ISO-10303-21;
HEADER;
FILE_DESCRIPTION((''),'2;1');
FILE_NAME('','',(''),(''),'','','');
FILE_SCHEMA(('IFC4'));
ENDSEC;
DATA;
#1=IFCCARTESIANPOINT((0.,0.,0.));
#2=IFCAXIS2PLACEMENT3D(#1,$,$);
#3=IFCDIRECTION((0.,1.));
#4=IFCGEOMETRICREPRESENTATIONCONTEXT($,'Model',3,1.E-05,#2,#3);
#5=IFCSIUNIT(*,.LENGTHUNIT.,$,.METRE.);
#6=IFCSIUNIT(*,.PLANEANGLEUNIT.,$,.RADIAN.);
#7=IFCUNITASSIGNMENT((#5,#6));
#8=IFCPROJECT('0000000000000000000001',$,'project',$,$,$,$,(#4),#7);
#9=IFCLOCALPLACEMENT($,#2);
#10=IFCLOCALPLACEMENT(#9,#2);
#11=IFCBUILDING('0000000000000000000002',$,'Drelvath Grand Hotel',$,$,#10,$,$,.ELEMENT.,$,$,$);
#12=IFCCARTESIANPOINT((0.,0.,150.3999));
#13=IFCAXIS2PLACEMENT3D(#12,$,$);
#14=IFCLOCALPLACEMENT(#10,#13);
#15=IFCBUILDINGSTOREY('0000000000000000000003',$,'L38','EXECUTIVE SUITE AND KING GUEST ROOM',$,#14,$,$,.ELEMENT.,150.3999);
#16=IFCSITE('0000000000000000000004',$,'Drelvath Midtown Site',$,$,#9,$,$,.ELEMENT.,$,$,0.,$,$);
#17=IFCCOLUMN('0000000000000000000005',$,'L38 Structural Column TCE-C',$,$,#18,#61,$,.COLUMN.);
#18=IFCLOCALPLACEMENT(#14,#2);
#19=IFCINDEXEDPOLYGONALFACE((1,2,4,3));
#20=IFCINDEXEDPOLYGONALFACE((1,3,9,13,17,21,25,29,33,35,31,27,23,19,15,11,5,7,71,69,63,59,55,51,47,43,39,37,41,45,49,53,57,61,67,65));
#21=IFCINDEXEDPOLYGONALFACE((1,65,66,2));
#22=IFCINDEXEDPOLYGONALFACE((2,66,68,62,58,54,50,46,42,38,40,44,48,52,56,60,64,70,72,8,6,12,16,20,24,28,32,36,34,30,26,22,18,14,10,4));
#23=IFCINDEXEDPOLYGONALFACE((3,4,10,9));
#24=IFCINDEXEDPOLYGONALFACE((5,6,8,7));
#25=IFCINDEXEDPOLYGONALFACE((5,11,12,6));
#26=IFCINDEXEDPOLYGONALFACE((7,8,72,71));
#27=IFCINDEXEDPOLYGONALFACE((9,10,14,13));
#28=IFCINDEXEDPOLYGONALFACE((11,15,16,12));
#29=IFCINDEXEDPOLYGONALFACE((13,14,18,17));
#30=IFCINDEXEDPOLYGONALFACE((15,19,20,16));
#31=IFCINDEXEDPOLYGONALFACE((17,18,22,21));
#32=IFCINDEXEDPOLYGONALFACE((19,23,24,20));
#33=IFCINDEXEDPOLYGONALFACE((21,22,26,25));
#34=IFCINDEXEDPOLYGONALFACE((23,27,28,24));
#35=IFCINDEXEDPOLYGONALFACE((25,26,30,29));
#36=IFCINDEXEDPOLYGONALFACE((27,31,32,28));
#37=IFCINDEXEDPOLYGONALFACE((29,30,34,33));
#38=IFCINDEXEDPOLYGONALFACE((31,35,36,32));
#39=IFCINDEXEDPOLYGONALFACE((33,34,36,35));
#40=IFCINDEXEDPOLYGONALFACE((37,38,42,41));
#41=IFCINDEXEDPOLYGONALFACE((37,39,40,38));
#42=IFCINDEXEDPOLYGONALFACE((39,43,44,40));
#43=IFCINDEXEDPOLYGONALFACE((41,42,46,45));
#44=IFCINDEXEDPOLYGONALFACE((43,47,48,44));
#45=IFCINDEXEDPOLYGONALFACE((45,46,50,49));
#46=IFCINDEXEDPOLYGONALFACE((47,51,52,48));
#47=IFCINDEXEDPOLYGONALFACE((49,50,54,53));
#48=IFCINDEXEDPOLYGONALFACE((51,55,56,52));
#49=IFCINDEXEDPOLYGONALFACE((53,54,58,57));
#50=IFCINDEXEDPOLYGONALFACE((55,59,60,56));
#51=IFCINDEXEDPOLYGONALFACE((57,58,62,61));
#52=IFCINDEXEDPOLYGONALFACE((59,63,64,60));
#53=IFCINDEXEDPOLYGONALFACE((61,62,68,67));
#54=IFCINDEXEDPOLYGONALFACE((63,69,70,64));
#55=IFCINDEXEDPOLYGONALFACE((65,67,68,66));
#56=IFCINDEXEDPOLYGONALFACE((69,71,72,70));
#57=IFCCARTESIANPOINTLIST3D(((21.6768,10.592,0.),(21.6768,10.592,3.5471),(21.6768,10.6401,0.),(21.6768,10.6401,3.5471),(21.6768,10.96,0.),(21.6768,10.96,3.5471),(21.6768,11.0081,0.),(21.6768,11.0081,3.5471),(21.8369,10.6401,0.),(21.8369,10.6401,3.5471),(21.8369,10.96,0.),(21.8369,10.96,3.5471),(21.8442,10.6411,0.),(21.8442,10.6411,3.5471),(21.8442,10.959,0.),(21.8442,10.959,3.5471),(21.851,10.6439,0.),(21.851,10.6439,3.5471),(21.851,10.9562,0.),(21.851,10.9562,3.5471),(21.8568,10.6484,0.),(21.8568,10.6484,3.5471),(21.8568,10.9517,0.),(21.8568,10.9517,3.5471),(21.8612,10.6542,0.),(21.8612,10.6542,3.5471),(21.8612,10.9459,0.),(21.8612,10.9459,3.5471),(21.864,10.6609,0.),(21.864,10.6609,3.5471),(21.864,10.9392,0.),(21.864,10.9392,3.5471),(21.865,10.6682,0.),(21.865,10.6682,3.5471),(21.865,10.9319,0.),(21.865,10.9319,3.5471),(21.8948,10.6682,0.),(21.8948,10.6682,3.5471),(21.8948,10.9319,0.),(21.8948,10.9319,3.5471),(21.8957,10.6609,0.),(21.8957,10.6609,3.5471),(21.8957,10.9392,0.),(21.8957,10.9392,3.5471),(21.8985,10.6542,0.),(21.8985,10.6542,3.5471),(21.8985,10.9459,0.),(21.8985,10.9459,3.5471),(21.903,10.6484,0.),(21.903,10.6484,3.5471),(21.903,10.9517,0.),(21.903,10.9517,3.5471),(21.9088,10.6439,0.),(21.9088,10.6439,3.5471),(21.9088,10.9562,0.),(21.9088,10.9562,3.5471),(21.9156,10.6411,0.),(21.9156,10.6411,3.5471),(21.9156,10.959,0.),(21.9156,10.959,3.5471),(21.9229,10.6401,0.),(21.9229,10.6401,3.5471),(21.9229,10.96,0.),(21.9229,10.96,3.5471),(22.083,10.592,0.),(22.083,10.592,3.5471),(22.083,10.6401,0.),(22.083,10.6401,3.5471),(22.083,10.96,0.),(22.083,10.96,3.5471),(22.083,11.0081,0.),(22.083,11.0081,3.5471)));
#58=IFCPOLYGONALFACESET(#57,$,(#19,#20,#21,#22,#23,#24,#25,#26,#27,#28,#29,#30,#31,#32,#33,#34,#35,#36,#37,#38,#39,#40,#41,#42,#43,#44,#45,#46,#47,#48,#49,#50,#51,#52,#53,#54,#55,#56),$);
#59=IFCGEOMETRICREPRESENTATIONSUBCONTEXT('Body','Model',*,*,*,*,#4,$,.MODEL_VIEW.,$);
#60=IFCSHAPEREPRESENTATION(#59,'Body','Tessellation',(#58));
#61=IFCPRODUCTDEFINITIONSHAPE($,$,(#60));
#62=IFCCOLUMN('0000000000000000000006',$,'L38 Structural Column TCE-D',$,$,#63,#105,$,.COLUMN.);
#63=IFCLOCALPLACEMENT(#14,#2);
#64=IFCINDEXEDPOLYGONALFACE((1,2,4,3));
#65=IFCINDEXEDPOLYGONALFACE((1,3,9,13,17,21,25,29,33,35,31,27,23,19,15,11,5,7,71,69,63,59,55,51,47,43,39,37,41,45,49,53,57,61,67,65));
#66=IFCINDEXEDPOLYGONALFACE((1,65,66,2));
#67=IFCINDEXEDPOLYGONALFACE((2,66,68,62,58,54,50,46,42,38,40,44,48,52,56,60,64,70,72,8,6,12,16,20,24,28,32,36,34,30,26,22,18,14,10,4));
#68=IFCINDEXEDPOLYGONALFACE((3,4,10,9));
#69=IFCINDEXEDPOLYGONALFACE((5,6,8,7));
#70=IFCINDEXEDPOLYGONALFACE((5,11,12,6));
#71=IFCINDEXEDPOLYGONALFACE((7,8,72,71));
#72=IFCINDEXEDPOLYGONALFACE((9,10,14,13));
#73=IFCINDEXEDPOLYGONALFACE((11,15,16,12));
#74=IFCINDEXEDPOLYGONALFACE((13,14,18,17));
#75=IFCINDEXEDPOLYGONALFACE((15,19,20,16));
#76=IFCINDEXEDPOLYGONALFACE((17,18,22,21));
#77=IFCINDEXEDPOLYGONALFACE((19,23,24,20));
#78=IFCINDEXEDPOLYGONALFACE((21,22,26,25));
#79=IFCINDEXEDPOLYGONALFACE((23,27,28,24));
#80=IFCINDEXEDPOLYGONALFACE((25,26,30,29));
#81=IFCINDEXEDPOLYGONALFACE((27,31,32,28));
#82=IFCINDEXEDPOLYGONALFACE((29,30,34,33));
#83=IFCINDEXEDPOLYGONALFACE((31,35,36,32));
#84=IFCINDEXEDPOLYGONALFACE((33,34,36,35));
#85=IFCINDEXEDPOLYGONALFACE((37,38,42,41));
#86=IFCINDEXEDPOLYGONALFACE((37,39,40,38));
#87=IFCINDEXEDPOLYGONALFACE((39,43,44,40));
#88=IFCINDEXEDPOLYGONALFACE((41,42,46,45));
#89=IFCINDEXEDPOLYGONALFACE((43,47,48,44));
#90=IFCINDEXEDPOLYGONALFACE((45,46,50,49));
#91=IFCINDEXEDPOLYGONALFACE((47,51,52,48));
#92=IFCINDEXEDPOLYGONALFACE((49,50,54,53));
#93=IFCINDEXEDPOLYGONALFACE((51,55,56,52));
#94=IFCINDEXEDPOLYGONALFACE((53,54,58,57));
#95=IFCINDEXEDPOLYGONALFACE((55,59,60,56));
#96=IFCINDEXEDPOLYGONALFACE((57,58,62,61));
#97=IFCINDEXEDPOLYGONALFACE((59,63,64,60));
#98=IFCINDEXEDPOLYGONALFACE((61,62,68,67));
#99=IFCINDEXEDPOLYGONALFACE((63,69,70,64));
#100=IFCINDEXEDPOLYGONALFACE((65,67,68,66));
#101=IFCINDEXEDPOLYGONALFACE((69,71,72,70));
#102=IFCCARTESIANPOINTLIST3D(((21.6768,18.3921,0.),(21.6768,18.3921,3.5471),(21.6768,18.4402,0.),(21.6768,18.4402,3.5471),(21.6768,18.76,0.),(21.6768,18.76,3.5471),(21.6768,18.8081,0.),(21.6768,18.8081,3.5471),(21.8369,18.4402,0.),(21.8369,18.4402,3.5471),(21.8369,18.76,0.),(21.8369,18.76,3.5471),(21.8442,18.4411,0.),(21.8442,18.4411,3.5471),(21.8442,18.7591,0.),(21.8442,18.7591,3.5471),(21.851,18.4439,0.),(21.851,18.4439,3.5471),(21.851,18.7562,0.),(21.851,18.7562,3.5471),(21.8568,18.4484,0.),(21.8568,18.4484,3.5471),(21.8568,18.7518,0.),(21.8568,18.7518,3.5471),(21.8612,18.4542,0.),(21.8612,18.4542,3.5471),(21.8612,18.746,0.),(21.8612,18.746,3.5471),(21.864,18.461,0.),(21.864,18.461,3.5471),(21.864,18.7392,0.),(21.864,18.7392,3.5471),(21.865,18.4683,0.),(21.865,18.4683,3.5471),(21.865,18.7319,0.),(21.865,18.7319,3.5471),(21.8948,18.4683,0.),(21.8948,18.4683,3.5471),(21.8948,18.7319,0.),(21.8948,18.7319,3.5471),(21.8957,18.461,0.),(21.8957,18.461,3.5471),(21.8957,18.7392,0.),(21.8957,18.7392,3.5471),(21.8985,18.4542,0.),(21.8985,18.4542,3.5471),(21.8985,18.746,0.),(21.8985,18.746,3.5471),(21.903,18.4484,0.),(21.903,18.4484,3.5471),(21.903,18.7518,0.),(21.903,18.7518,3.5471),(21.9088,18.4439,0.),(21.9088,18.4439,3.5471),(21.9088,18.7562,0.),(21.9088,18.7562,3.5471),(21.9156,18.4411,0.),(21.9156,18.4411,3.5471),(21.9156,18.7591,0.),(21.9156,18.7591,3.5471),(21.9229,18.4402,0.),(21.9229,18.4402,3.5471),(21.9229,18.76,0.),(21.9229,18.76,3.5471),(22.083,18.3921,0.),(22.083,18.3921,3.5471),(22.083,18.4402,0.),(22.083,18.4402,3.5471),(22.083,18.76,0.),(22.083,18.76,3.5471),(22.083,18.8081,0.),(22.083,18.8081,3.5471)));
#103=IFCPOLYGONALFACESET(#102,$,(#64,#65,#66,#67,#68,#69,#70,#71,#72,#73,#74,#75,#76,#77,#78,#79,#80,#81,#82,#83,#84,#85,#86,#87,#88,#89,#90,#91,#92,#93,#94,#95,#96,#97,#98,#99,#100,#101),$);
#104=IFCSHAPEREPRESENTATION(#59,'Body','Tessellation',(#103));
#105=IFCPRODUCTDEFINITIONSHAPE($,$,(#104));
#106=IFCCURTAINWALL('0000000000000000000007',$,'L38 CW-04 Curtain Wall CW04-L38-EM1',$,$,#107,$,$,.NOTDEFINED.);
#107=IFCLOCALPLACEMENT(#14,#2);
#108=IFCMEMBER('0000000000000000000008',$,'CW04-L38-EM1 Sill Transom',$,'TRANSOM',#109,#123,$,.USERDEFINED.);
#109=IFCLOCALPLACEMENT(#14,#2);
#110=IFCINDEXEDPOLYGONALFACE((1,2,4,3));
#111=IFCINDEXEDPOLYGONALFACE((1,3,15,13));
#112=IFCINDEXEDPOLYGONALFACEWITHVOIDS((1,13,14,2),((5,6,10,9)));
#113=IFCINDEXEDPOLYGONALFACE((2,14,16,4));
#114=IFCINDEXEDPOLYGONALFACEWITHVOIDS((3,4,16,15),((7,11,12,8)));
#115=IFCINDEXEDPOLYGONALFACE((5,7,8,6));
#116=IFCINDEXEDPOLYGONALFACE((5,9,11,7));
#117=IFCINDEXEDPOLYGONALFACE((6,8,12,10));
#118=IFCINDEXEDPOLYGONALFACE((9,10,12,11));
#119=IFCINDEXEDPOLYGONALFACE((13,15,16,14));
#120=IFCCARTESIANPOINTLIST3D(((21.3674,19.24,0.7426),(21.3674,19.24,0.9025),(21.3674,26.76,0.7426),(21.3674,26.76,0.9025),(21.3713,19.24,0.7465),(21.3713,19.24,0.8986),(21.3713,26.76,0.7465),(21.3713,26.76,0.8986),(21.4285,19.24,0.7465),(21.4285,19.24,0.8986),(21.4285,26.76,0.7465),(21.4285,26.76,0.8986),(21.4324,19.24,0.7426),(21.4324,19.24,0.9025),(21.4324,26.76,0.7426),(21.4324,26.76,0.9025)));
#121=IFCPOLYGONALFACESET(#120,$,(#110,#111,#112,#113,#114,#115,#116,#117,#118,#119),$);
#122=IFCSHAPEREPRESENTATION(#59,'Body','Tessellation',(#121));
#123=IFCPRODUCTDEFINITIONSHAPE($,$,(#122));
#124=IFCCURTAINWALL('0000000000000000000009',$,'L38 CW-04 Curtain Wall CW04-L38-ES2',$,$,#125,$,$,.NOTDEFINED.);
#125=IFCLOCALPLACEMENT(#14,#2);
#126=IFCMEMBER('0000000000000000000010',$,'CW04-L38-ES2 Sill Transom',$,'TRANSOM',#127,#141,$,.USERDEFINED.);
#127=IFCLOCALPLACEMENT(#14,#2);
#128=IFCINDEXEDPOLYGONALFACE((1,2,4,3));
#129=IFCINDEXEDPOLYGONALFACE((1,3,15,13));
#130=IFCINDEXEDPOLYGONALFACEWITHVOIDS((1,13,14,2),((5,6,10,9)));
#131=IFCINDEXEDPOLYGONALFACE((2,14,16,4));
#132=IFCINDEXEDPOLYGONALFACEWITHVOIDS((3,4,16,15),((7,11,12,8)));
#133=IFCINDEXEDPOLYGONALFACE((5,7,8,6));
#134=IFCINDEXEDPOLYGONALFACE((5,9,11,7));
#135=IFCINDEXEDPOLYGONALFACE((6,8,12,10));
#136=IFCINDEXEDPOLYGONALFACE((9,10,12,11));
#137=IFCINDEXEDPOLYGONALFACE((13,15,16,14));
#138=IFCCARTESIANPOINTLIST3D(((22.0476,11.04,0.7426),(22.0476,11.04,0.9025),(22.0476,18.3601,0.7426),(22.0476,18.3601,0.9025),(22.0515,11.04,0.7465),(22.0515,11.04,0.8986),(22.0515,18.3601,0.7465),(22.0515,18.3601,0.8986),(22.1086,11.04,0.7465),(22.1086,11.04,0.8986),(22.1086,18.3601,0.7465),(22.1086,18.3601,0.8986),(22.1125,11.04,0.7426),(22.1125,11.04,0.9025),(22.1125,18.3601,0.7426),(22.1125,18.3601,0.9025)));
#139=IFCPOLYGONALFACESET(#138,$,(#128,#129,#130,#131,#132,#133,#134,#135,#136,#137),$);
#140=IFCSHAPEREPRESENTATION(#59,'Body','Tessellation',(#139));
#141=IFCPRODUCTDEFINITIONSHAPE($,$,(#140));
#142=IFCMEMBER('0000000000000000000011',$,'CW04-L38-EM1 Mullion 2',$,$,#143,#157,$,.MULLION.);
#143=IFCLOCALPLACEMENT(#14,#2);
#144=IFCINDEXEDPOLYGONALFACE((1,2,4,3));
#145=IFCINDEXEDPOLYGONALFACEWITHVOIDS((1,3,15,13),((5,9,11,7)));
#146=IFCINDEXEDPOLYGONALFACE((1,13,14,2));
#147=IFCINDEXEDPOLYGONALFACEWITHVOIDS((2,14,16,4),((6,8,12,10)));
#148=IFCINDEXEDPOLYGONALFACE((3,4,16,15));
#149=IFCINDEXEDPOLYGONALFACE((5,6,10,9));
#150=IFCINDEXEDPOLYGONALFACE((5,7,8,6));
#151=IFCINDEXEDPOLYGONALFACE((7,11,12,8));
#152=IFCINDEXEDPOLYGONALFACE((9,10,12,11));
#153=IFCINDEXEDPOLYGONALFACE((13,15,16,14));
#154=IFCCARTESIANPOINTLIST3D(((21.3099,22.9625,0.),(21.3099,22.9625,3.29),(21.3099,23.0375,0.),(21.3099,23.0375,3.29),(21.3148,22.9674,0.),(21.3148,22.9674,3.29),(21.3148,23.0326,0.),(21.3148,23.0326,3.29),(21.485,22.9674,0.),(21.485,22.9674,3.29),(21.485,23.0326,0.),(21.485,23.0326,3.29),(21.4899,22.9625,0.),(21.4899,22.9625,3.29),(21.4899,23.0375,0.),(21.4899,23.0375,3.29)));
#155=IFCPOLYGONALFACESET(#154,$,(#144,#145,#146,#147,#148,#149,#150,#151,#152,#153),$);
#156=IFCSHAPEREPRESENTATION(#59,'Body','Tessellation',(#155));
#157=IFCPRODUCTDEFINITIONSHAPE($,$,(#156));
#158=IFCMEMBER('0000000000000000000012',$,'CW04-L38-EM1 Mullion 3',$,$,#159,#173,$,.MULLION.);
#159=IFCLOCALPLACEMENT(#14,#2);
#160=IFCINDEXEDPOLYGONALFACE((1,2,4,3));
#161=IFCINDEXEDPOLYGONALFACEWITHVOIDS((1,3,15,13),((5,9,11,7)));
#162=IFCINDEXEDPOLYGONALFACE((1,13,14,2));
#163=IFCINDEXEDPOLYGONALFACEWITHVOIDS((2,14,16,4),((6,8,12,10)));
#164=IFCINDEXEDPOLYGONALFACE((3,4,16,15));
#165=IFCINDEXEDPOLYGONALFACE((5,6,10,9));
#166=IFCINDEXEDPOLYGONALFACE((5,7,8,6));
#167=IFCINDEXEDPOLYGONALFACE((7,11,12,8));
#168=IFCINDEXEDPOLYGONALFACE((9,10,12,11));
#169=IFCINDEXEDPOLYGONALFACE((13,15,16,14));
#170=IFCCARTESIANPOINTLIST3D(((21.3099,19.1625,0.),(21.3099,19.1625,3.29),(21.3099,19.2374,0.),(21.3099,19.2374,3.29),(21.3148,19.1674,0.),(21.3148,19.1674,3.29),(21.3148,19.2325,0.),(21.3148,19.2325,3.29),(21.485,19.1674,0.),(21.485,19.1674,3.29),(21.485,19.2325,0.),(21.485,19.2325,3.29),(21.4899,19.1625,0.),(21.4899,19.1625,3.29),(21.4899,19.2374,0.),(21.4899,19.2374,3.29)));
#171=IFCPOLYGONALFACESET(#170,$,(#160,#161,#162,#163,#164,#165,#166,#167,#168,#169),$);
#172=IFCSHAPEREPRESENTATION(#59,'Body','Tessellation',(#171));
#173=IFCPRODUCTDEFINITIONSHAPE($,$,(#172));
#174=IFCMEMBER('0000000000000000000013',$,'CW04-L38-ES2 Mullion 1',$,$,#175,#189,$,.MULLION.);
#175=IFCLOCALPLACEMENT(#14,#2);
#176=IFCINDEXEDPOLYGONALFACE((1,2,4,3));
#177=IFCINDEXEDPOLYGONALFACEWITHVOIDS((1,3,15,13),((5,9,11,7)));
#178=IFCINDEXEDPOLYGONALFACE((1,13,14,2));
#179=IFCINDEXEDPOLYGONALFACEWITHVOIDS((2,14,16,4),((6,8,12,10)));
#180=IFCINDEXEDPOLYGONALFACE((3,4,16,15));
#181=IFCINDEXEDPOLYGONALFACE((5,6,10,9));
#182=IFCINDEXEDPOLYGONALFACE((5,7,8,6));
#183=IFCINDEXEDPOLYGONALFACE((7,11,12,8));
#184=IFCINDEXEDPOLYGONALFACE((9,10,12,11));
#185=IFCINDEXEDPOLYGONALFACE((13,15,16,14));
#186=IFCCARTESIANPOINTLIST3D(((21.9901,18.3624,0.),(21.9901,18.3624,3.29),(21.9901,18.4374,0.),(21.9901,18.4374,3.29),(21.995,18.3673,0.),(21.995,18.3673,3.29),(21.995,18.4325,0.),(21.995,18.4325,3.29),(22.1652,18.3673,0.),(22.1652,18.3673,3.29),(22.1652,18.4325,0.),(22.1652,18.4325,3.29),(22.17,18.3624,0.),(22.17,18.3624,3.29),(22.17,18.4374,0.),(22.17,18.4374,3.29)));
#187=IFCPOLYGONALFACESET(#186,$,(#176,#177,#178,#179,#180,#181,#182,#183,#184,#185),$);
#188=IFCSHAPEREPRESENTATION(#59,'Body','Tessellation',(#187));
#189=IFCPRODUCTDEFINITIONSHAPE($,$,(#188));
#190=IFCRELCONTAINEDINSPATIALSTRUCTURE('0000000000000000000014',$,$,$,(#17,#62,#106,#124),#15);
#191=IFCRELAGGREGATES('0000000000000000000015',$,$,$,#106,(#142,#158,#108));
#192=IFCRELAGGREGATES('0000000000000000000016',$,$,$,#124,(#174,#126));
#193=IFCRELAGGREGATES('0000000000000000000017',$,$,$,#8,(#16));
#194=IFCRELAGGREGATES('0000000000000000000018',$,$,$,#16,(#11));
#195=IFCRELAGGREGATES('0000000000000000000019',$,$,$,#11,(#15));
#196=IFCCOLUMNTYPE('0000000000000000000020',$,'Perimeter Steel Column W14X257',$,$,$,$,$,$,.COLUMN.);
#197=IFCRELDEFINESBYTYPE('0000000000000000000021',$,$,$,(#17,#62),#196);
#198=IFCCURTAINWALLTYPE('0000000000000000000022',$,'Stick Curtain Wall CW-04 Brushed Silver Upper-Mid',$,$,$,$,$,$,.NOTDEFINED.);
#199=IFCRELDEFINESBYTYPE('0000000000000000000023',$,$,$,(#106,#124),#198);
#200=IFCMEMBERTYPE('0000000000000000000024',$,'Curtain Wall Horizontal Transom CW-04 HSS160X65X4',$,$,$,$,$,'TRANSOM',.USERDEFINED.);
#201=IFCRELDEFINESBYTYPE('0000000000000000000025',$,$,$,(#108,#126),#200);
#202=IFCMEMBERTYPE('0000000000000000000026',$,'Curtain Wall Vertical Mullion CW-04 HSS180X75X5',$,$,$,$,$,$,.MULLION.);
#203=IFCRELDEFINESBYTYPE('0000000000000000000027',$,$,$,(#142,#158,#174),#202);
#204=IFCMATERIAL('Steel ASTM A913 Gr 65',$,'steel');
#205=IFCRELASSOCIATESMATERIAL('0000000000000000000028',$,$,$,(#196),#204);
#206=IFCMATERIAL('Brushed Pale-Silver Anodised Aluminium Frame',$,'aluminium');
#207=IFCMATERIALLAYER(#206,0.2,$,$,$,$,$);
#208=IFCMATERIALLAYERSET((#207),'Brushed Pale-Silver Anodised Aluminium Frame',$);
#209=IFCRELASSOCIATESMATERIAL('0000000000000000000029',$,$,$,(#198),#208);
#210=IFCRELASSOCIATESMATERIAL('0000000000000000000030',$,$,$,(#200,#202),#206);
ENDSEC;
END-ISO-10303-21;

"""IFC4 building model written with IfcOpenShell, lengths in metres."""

from ifc_helpers import new_model, si_unit, direction, frame, origin, origin_2d, place, context, subcontext, project, spatial, hollow_rectangle, i_section, extrude, material, layer, layer_set, material_profile, profile_set, type_object, element, aggregate, save


model = new_model("IFC4")

# Units and contexts
model_context = context("Model", 3, precision=1e-05, world=origin(), true_north=direction((0.0, 1.0)))
body_context = subcontext(model_context, "Body", "Model", "MODEL_VIEW")
ifc_project = project(units=[si_unit("LENGTHUNIT", "METRE"), si_unit("PLANEANGLEUNIT", "RADIAN")], contexts=[model_context])

# Site, building, storey
site_placement = place(None, origin())
site = spatial("IfcSite", under=ifc_project, at=site_placement, Name="Drelvath Midtown Site", CompositionType="ELEMENT", RefElevation=0.0)
building_placement = place(site_placement, origin())
building = spatial("IfcBuilding", under=site, at=building_placement, Name="Drelvath Grand Hotel", CompositionType="ELEMENT")
storey_placement = place(building_placement, frame((0.0, 0.0, 150.3999)))
storey = spatial("IfcBuildingStorey", under=building, at=storey_placement, Name="L38", Description="EXECUTIVE SUITE AND KING GUEST ROOM", CompositionType="ELEMENT", Elevation=150.3999)

# Columns
ifc_material_1 = material(Name="Steel ASTM A913 Gr 65", Category="steel")
ifc_material_profile_1 = material_profile(ifc_material_1, i_section(OverallWidth=0.4062, OverallDepth=0.416, WebThickness=0.0298, FlangeThickness=0.0481, FilletRadius=0.0281, at=origin_2d()), Name="W14X257")
ifc_profile_set_1 = profile_set([ifc_material_profile_1], Name="Steel ASTM A913 Gr 65")
column_type = type_object("IfcColumnType", Name="Perimeter Steel Column W14X257", PredefinedType="COLUMN", material=ifc_profile_set_1)
for number, where, z_axis, x_axis, name in (
    (1, (21.8799, 10.8, 0.0), (0.0, 0.0, 1.0), (1.0, 0.0, 0.0), "L38 Structural Column TCE-C"),
    (2, (21.8799, 18.6001, 0.0), (0.0, 0.0, 1.0), (1.0, 0.0, 0.0), "L38 Structural Column TCE-D"),
):
    element("IfcColumn", number, at=place(storey_placement, frame(where, z_axis=z_axis, x_axis=x_axis)), inside=storey, type_object=column_type, Name=name, PredefinedType="COLUMN", context=body_context, shape_type="SweptSolid", body=[
        extrude(i_section(OverallWidth=0.4062, OverallDepth=0.416, WebThickness=0.0298, FlangeThickness=0.0481, FilletRadius=0.0281, at=origin_2d()), origin(), (0.0, 0.0, 1.0), 3.5471),
    ])

# Curtain walls, members
ifc_material_2 = material(Name="Brushed Pale-Silver Anodised Aluminium Frame", Category="aluminium")
ifc_layer_1 = layer(ifc_material_2, 0.2)
ifc_layer_set_1 = layer_set([ifc_layer_1], Name="Brushed Pale-Silver Anodised Aluminium Frame")
curtain_wall_type = type_object("IfcCurtainWallType", Name="Stick Curtain Wall CW-04 Brushed Silver Upper-Mid", PredefinedType="NOTDEFINED", material=ifc_layer_set_1)
curtain_wall_1_placement = place(storey_placement, origin())
curtain_wall_1 = element("IfcCurtainWall", 3, at=curtain_wall_1_placement, inside=storey, type_object=curtain_wall_type, Name="L38 CW-04 Curtain Wall CW04-L38-EM1", PredefinedType="NOTDEFINED")
ifc_material_profile_2 = material_profile(ifc_material_2, hollow_rectangle(XDim=0.0649, YDim=0.1599, WallThickness=0.0039, at=origin_2d()), Name="HSS160X65X4")
ifc_profile_set_2 = profile_set([ifc_material_profile_2], Name="Brushed Pale-Silver Anodised Aluminium Frame")
member_type_1 = type_object("IfcMemberType", Name="Curtain Wall Horizontal Transom CW-04 HSS160X65X4", ElementType="TRANSOM", PredefinedType="USERDEFINED", material=ifc_profile_set_2)
member_1_placement = place(storey_placement, frame((21.3999, 26.76, 0.8225), z_axis=(0.0, -1.0, 0.0), x_axis=(1.0, 0.0, 0.0)))
member_1 = element("IfcMember", 4, at=member_1_placement, type_object=member_type_1, Name="CW04-L38-EM1 Sill Transom", ObjectType="TRANSOM", PredefinedType="USERDEFINED", context=body_context, shape_type="SweptSolid", body=[
    extrude(hollow_rectangle(XDim=0.0649, YDim=0.1599, WallThickness=0.0039, at=origin_2d()), origin(), (0.0, 0.0, 1.0), 7.52),
])
curtain_wall_2_placement = place(storey_placement, origin())
curtain_wall_2 = element("IfcCurtainWall", 5, at=curtain_wall_2_placement, inside=storey, type_object=curtain_wall_type, Name="L38 CW-04 Curtain Wall CW04-L38-ES2", PredefinedType="NOTDEFINED")
member_2_placement = place(storey_placement, frame((22.0801, 18.3601, 0.8225), z_axis=(0.0, -1.0, 0.0), x_axis=(1.0, 0.0, 0.0)))
member_2 = element("IfcMember", 6, at=member_2_placement, type_object=member_type_1, Name="CW04-L38-ES2 Sill Transom", ObjectType="TRANSOM", PredefinedType="USERDEFINED", context=body_context, shape_type="SweptSolid", body=[
    extrude(hollow_rectangle(XDim=0.0649, YDim=0.1599, WallThickness=0.0039, at=origin_2d()), origin(), (0.0, 0.0, 1.0), 7.3201),
])

# Members
ifc_material_profile_3 = material_profile(ifc_material_2, hollow_rectangle(XDim=0.075, YDim=0.1799, WallThickness=0.0049, at=origin_2d()), Name="HSS180X75X5")
ifc_profile_set_3 = profile_set([ifc_material_profile_3], Name="Brushed Pale-Silver Anodised Aluminium Frame")
member_type_2 = type_object("IfcMemberType", Name="Curtain Wall Vertical Mullion CW-04 HSS180X75X5", PredefinedType="MULLION", material=ifc_profile_set_3)
member_3_placement = place(storey_placement, frame((21.3999, 23.0, 0.0), z_axis=(0.0, 0.0, 1.0), x_axis=(0.0, 1.0, 0.0)))
member_3 = element("IfcMember", 7, at=member_3_placement, type_object=member_type_2, Name="CW04-L38-EM1 Mullion 2", PredefinedType="MULLION", context=body_context, shape_type="SweptSolid", body=[
    extrude(hollow_rectangle(XDim=0.075, YDim=0.1799, WallThickness=0.0049, at=origin_2d()), origin(), (0.0, 0.0, 1.0), 3.29),
])
member_4_placement = place(storey_placement, frame((21.3999, 19.2, 0.0), z_axis=(0.0, 0.0, 1.0), x_axis=(0.0, 1.0, 0.0)))
member_4 = element("IfcMember", 8, at=member_4_placement, type_object=member_type_2, Name="CW04-L38-EM1 Mullion 3", PredefinedType="MULLION", context=body_context, shape_type="SweptSolid", body=[
    extrude(hollow_rectangle(XDim=0.075, YDim=0.1799, WallThickness=0.0049, at=origin_2d()), origin(), (0.0, 0.0, 1.0), 3.29),
])
member_5_placement = place(storey_placement, frame((22.0801, 18.3999, 0.0), z_axis=(0.0, 0.0, 1.0), x_axis=(0.0, 1.0, 0.0)))
member_5 = element("IfcMember", 9, at=member_5_placement, type_object=member_type_2, Name="CW04-L38-ES2 Mullion 1", PredefinedType="MULLION", context=body_context, shape_type="SweptSolid", body=[
    extrude(hollow_rectangle(XDim=0.075, YDim=0.1799, WallThickness=0.0049, at=origin_2d()), origin(), (0.0, 0.0, 1.0), 3.29),
])

aggregate(curtain_wall_1, [member_3, member_4, member_1])
aggregate(curtain_wall_2, [member_5, member_2])

save(model, "model.ifc")
